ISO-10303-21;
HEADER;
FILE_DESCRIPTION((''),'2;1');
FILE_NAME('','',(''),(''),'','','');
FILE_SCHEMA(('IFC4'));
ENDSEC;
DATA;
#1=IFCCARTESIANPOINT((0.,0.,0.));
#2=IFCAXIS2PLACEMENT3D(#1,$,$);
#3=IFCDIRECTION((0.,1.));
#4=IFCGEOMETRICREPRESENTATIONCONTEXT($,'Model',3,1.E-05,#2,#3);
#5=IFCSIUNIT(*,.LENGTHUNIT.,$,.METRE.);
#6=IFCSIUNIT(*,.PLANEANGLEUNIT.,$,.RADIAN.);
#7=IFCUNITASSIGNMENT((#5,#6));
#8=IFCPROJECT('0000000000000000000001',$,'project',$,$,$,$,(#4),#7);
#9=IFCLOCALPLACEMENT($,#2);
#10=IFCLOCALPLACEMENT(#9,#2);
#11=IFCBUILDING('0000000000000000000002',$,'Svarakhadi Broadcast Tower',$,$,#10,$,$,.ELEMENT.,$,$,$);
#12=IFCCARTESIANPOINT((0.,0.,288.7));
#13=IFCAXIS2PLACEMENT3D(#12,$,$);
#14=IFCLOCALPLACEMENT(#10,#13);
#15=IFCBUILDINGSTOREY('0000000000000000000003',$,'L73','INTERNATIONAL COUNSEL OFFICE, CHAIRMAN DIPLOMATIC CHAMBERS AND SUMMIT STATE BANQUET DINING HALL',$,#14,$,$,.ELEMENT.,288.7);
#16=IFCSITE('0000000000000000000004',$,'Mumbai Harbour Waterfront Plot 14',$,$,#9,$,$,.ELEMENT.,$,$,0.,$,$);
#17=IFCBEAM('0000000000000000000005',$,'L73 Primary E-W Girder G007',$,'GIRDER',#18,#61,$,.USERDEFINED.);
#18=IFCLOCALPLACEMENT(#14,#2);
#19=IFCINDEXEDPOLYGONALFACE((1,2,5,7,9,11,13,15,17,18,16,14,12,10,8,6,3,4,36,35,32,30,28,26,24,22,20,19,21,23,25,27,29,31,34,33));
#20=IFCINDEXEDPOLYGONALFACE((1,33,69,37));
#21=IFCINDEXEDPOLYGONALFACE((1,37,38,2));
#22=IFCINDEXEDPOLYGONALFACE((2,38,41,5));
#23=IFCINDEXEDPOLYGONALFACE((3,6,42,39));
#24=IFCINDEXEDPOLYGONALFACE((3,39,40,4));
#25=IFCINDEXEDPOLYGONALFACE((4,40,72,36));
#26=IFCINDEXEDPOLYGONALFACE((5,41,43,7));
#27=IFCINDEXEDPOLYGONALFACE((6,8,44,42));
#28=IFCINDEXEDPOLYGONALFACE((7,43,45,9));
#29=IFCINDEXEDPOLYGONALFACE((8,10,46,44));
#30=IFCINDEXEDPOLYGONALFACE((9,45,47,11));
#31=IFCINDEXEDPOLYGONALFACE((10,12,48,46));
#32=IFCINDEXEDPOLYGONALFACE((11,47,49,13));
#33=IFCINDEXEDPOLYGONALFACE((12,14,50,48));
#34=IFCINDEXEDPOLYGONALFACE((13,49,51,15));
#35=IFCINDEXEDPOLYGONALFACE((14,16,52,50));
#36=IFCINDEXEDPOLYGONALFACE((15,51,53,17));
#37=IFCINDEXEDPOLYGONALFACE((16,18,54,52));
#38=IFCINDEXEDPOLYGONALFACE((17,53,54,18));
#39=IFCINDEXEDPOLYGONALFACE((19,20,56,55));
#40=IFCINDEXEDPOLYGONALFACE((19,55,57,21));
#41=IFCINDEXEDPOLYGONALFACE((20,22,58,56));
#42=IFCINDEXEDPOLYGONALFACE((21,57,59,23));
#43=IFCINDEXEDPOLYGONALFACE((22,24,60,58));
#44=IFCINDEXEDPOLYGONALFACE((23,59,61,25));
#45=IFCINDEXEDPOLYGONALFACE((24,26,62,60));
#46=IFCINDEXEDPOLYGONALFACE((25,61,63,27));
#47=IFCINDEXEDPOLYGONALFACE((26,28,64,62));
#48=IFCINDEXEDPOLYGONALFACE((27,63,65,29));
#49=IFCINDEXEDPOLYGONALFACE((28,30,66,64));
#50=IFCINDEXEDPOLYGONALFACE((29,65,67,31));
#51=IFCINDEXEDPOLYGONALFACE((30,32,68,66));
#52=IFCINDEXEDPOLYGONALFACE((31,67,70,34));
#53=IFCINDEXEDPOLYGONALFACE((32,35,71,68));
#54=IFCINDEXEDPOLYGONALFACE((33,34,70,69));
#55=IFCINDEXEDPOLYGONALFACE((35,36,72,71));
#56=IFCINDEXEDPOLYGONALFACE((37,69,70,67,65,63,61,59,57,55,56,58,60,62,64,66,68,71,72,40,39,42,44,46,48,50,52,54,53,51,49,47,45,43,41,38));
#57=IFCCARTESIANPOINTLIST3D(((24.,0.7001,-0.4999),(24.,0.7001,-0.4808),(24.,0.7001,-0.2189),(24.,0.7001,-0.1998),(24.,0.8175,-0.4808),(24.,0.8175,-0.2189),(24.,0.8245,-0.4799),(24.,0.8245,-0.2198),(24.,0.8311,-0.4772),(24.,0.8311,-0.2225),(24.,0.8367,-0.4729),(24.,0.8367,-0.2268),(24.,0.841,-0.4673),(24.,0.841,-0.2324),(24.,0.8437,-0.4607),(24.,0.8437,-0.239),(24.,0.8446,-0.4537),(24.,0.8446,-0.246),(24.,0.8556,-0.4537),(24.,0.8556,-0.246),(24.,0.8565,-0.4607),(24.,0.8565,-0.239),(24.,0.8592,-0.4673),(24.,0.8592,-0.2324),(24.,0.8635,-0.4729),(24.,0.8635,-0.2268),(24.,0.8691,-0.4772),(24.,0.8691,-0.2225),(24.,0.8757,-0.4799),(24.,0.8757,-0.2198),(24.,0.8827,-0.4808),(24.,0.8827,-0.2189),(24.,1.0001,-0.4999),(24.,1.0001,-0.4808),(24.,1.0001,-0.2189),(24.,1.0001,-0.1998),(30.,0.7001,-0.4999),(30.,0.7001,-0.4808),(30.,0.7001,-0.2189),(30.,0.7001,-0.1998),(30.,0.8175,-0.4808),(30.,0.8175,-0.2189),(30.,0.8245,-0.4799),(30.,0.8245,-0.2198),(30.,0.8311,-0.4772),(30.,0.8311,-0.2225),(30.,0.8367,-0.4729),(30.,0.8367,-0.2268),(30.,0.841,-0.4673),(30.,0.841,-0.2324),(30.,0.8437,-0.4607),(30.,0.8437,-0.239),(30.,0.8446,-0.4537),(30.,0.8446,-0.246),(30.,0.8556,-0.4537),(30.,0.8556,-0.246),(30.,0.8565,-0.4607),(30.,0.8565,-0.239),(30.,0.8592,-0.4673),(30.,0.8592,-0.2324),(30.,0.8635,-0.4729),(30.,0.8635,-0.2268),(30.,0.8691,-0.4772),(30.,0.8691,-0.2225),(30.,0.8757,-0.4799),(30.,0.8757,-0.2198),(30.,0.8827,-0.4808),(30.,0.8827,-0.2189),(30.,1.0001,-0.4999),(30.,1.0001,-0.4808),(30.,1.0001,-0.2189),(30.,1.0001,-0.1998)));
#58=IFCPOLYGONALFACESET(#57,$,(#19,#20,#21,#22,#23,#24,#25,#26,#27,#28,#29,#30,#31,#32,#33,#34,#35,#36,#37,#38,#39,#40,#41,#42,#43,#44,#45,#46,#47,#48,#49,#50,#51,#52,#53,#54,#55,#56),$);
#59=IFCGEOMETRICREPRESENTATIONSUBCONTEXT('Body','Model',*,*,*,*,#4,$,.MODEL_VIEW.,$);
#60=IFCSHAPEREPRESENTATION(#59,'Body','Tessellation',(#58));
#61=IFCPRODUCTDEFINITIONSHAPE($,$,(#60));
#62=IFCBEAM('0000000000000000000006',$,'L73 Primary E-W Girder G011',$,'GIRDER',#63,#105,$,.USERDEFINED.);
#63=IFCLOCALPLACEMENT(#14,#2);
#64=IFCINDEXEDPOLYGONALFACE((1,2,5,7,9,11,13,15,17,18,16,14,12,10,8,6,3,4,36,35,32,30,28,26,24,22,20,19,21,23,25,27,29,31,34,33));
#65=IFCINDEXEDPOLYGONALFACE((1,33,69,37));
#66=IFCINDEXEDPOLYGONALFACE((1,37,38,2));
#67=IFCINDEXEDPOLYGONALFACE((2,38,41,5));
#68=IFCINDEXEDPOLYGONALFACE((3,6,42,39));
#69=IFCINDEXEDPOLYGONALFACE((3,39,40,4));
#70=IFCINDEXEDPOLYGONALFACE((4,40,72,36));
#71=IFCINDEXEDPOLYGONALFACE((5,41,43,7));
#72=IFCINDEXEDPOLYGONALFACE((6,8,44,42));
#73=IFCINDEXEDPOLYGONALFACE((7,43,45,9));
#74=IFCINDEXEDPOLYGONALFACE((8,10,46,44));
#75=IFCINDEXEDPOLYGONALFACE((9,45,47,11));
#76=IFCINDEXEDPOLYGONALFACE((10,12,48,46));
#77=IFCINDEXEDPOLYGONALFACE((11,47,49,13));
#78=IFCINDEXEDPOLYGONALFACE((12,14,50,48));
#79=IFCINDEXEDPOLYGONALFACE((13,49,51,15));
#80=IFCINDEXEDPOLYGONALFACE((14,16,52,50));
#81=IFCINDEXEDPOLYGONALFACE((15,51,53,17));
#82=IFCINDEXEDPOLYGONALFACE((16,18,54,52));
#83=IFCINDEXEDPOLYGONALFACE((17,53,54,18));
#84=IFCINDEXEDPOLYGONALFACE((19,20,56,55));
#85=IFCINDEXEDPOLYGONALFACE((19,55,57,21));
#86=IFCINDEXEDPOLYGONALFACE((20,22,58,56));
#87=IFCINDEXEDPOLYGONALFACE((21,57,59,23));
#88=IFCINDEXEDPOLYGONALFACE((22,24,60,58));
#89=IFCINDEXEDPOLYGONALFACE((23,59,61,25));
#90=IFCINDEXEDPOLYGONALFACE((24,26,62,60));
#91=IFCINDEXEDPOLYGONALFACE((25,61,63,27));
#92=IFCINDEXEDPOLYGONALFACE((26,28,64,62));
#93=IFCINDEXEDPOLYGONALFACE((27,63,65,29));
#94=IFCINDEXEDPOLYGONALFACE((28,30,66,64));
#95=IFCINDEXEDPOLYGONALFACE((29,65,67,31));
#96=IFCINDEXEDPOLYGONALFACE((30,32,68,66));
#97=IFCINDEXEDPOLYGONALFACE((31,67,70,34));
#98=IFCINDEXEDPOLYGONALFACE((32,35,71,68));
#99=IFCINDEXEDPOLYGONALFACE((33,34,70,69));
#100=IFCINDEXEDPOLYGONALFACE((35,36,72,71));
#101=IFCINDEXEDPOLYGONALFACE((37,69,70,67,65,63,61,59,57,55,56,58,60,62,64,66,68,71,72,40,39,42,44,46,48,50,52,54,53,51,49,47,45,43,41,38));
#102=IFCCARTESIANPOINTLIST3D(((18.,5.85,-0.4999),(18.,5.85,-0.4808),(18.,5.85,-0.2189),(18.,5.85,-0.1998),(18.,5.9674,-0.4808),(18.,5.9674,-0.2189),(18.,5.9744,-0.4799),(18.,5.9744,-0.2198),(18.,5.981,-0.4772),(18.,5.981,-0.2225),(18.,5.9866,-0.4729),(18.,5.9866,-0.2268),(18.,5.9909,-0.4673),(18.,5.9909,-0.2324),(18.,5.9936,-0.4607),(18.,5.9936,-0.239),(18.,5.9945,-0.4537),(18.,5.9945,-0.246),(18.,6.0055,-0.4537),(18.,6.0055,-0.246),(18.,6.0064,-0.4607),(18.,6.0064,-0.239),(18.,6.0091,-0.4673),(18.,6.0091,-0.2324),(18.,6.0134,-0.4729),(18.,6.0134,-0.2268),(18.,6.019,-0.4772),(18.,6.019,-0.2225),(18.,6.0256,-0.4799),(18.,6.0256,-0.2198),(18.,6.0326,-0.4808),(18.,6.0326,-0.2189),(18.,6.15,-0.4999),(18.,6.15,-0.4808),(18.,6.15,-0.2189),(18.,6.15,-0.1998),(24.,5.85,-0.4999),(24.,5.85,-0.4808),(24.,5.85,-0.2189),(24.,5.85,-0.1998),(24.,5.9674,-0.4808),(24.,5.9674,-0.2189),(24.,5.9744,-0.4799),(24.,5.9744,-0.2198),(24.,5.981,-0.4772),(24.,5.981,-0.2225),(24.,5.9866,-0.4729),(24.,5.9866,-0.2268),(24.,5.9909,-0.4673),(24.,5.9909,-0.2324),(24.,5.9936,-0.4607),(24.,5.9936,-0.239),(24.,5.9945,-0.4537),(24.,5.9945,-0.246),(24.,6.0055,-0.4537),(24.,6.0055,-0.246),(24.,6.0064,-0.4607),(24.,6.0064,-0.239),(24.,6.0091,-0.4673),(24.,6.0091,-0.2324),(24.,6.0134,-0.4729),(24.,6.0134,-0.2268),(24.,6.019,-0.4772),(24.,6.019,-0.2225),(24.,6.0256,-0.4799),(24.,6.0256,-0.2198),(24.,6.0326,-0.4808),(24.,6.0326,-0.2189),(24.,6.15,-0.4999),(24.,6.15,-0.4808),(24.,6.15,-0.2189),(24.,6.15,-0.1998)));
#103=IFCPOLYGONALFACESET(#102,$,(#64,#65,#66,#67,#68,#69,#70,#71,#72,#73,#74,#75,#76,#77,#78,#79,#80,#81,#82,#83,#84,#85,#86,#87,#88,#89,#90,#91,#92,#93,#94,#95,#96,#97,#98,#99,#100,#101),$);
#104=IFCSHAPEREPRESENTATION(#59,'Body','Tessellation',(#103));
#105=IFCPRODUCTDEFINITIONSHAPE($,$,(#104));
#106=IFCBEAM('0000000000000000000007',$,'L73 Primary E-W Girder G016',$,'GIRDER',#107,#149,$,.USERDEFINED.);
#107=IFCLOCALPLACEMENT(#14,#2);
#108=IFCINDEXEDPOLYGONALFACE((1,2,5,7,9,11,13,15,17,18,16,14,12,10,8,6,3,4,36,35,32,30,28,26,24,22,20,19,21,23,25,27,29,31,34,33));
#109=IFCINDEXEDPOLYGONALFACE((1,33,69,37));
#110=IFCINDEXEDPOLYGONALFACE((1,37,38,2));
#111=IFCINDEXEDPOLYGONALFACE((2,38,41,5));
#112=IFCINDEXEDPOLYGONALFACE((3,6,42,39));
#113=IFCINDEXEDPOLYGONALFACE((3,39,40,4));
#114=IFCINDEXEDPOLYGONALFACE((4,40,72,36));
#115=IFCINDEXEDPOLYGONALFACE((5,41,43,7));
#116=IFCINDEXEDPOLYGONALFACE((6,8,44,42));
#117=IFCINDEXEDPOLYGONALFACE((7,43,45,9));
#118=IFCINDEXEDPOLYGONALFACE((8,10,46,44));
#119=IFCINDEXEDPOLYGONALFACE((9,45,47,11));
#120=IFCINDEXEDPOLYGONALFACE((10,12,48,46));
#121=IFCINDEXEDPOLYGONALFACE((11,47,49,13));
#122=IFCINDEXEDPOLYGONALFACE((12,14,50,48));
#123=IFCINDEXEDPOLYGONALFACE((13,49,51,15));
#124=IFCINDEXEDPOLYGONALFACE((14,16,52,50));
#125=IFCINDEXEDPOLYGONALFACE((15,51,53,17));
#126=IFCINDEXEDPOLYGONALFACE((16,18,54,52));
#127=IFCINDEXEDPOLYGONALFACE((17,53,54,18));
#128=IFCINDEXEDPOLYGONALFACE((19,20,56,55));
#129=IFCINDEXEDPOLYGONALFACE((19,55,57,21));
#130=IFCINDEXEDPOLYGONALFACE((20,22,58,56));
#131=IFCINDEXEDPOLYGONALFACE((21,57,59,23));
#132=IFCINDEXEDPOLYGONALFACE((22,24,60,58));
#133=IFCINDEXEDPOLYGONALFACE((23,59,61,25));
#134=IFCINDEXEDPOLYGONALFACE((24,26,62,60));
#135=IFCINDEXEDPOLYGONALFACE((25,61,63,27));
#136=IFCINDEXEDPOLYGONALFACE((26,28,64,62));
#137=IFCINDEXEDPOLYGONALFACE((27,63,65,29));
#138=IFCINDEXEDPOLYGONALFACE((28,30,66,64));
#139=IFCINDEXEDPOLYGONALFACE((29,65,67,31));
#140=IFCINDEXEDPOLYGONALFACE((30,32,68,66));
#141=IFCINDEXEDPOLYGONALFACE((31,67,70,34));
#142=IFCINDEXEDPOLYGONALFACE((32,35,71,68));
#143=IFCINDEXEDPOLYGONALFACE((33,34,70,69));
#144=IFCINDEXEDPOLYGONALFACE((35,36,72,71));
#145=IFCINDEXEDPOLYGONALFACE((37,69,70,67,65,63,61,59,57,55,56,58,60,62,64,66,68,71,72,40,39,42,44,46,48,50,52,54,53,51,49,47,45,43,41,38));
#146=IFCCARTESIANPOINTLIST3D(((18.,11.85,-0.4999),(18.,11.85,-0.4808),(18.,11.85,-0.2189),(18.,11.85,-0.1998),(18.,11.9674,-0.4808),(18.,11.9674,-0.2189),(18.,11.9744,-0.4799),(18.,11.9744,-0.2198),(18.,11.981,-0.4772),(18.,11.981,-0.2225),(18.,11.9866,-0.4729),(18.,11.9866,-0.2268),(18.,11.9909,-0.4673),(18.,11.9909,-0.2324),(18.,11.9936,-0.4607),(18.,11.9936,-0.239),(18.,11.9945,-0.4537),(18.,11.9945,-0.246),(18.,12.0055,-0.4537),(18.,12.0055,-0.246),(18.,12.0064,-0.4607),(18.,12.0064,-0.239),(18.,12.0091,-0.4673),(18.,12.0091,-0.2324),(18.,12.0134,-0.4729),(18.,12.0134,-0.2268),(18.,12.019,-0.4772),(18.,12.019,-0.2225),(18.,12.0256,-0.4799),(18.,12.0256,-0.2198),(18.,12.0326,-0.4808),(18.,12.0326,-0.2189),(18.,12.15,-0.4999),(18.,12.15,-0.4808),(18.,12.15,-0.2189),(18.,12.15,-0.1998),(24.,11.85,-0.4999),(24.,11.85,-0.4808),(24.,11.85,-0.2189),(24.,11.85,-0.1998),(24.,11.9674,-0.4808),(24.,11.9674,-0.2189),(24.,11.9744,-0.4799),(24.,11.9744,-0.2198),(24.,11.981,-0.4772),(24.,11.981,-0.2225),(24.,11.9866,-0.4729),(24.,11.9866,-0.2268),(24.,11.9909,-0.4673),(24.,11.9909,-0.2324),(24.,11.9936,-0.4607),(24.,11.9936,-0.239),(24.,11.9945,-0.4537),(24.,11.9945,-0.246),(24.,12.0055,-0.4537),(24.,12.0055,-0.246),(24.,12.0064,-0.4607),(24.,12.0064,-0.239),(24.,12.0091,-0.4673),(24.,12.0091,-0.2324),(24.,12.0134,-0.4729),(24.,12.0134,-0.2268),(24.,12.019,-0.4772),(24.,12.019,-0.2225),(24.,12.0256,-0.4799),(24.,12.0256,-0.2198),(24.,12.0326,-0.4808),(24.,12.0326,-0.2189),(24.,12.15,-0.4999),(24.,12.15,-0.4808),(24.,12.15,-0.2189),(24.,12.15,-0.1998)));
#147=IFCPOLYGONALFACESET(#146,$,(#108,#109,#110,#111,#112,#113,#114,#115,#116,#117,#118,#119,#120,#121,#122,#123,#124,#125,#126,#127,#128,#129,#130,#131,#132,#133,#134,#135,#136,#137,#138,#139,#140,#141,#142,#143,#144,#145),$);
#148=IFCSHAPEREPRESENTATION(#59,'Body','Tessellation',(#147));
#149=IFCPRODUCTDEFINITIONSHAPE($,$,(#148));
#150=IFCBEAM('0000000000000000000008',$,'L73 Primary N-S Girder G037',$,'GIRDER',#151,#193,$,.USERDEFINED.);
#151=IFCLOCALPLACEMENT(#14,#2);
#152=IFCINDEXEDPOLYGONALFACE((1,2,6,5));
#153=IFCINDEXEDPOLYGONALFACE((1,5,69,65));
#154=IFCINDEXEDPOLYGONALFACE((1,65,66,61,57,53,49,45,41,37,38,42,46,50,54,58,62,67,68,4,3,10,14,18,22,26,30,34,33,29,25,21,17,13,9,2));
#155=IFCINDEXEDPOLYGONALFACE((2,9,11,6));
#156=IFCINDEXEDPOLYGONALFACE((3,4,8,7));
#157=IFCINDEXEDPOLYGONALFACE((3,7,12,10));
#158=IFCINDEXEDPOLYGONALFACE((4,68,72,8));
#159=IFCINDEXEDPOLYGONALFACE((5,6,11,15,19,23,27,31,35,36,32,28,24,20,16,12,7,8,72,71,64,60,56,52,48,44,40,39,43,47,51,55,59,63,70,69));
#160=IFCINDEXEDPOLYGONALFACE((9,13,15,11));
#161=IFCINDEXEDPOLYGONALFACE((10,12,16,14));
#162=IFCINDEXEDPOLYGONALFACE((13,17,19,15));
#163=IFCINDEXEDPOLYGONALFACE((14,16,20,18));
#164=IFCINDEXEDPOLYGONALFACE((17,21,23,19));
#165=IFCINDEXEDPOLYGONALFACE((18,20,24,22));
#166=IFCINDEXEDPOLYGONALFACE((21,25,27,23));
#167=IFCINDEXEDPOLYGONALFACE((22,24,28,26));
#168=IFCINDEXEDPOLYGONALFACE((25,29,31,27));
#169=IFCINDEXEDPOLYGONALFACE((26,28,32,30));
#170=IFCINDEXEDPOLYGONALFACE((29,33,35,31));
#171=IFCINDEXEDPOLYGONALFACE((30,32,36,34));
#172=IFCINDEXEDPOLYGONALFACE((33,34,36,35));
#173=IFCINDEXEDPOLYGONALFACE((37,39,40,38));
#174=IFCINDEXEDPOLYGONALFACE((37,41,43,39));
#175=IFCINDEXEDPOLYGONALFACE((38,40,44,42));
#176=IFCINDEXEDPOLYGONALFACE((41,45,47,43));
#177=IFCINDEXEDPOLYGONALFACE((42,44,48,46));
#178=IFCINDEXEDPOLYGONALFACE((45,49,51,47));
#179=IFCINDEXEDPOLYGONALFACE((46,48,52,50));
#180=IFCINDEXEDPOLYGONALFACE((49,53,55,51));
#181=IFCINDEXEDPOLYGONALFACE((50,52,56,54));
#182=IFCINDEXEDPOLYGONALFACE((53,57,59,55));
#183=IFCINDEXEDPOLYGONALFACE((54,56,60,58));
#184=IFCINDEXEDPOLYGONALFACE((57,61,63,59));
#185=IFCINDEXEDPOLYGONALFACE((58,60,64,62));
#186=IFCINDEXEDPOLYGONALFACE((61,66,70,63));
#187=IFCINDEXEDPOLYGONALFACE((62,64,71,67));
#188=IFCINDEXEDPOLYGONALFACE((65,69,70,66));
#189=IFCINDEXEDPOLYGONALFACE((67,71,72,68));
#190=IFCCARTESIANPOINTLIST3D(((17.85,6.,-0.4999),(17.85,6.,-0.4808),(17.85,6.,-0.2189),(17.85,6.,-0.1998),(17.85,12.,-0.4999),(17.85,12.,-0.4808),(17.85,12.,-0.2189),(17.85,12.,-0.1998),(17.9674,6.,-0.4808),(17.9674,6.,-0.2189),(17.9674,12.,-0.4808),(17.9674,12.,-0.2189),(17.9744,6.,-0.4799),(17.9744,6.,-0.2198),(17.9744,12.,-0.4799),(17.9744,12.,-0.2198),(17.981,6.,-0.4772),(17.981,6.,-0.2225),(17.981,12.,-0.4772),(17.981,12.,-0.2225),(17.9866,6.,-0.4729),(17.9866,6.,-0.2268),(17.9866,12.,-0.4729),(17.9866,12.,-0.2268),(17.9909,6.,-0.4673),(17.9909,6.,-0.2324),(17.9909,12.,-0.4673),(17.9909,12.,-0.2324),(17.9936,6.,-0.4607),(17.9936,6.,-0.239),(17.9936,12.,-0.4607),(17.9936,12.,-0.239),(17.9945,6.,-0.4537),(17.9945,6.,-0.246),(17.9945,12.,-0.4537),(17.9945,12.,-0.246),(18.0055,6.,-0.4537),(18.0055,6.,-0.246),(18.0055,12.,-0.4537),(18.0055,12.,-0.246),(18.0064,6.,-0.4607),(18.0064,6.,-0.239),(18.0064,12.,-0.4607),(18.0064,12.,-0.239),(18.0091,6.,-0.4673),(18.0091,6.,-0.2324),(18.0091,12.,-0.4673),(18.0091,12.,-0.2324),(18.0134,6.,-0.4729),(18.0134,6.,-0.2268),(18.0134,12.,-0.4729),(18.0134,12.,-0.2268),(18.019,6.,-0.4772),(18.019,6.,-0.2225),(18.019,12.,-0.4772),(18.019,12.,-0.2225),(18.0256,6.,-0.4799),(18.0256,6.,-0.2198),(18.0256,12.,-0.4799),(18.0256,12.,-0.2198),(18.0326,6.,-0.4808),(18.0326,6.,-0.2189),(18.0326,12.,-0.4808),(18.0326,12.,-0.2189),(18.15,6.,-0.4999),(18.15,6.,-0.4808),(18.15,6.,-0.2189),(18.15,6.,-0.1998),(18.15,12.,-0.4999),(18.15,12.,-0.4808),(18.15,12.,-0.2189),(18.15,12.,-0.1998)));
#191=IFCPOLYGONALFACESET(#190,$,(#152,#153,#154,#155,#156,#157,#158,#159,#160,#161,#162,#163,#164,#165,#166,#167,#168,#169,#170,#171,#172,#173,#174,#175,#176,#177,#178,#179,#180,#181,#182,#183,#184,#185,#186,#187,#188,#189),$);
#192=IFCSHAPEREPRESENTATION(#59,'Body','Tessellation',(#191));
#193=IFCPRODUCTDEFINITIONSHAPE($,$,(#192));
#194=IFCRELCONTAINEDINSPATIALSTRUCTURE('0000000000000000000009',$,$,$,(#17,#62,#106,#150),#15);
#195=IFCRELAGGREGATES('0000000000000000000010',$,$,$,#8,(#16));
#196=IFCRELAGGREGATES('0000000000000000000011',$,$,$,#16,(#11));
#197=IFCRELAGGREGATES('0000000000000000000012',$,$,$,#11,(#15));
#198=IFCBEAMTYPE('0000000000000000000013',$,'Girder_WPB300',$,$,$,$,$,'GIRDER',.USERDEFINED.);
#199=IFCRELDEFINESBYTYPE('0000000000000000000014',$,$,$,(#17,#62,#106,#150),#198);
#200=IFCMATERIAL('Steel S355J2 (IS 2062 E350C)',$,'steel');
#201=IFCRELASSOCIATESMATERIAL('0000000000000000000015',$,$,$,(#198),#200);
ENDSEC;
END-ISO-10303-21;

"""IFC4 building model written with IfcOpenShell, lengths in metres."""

from ifc_helpers import new_model, si_unit, direction, frame, origin, origin_2d, place, context, subcontext, project, spatial, i_section, extrude, material, material_profile, profile_set, type_object, element, save


model = new_model("IFC4")

# Units and contexts
model_context = context("Model", 3, precision=1e-05, world=origin(), true_north=direction((0.0, 1.0)))
body_context = subcontext(model_context, "Body", "Model", "MODEL_VIEW")
ifc_project = project(units=[si_unit("LENGTHUNIT", "METRE"), si_unit("PLANEANGLEUNIT", "RADIAN")], contexts=[model_context])

# Site, building, storey
site_placement = place(None, origin())
site = spatial("IfcSite", under=ifc_project, at=site_placement, Name="Mumbai Harbour Waterfront Plot 14", CompositionType="ELEMENT", RefElevation=0.0)
building_placement = place(site_placement, origin())
building = spatial("IfcBuilding", under=site, at=building_placement, Name="Svarakhadi Broadcast Tower", CompositionType="ELEMENT")
storey_placement = place(building_placement, frame((0.0, 0.0, 288.7)))
storey = spatial("IfcBuildingStorey", under=building, at=storey_placement, Name="L73", Description="INTERNATIONAL COUNSEL OFFICE, CHAIRMAN DIPLOMATIC CHAMBERS AND SUMMIT STATE BANQUET DINING HALL", CompositionType="ELEMENT", Elevation=288.7)

# Beams
ifc_material_1 = material(Name="Steel S355J2 (IS 2062 E350C)", Category="steel")
ifc_material_profile_1 = material_profile(ifc_material_1, i_section(OverallWidth=0.3, OverallDepth=0.3, WebThickness=0.011, FlangeThickness=0.019, FilletRadius=0.0271, at=origin_2d()), Name="WPB 300x300x117")
ifc_profile_set_1 = profile_set([ifc_material_profile_1], Name="Steel S355J2 (IS 2062 E350C)")
beam_type_1 = type_object("IfcBeamType", Name="Girder_WPB300", ElementType="GIRDER", PredefinedType="USERDEFINED", material=ifc_profile_set_1)
for number, where, z_axis, x_axis, name in (
    (1, (24.0, 0.8501, -0.3499), (1.0, 0.0, 0.0), (0.0, 1.0, 0.0), "L73 Primary E-W Girder G007"),
    (2, (18.0, 6.0, -0.3499), (1.0, 0.0, 0.0), (0.0, 1.0, 0.0), "L73 Primary E-W Girder G011"),
    (3, (18.0, 12.0, -0.3499), (1.0, 0.0, 0.0), (0.0, 1.0, 0.0), "L73 Primary E-W Girder G016"),
    (4, (18.0, 6.0, -0.3499), (0.0, 1.0, 0.0), (-1.0, 0.0, 0.0), "L73 Primary N-S Girder G037"),
):
    element("IfcBeam", number, at=place(storey_placement, frame(where, z_axis=z_axis, x_axis=x_axis)), inside=storey, type_object=beam_type_1, Name=name, ObjectType="GIRDER", PredefinedType="USERDEFINED", context=body_context, shape_type="SweptSolid", body=[
        extrude(i_section(OverallWidth=0.3, OverallDepth=0.3, WebThickness=0.011, FlangeThickness=0.019, FilletRadius=0.0271, at=origin_2d()), origin(), (0.0, 0.0, 1.0), 6.0),
    ])

save(model, "model.ifc")
